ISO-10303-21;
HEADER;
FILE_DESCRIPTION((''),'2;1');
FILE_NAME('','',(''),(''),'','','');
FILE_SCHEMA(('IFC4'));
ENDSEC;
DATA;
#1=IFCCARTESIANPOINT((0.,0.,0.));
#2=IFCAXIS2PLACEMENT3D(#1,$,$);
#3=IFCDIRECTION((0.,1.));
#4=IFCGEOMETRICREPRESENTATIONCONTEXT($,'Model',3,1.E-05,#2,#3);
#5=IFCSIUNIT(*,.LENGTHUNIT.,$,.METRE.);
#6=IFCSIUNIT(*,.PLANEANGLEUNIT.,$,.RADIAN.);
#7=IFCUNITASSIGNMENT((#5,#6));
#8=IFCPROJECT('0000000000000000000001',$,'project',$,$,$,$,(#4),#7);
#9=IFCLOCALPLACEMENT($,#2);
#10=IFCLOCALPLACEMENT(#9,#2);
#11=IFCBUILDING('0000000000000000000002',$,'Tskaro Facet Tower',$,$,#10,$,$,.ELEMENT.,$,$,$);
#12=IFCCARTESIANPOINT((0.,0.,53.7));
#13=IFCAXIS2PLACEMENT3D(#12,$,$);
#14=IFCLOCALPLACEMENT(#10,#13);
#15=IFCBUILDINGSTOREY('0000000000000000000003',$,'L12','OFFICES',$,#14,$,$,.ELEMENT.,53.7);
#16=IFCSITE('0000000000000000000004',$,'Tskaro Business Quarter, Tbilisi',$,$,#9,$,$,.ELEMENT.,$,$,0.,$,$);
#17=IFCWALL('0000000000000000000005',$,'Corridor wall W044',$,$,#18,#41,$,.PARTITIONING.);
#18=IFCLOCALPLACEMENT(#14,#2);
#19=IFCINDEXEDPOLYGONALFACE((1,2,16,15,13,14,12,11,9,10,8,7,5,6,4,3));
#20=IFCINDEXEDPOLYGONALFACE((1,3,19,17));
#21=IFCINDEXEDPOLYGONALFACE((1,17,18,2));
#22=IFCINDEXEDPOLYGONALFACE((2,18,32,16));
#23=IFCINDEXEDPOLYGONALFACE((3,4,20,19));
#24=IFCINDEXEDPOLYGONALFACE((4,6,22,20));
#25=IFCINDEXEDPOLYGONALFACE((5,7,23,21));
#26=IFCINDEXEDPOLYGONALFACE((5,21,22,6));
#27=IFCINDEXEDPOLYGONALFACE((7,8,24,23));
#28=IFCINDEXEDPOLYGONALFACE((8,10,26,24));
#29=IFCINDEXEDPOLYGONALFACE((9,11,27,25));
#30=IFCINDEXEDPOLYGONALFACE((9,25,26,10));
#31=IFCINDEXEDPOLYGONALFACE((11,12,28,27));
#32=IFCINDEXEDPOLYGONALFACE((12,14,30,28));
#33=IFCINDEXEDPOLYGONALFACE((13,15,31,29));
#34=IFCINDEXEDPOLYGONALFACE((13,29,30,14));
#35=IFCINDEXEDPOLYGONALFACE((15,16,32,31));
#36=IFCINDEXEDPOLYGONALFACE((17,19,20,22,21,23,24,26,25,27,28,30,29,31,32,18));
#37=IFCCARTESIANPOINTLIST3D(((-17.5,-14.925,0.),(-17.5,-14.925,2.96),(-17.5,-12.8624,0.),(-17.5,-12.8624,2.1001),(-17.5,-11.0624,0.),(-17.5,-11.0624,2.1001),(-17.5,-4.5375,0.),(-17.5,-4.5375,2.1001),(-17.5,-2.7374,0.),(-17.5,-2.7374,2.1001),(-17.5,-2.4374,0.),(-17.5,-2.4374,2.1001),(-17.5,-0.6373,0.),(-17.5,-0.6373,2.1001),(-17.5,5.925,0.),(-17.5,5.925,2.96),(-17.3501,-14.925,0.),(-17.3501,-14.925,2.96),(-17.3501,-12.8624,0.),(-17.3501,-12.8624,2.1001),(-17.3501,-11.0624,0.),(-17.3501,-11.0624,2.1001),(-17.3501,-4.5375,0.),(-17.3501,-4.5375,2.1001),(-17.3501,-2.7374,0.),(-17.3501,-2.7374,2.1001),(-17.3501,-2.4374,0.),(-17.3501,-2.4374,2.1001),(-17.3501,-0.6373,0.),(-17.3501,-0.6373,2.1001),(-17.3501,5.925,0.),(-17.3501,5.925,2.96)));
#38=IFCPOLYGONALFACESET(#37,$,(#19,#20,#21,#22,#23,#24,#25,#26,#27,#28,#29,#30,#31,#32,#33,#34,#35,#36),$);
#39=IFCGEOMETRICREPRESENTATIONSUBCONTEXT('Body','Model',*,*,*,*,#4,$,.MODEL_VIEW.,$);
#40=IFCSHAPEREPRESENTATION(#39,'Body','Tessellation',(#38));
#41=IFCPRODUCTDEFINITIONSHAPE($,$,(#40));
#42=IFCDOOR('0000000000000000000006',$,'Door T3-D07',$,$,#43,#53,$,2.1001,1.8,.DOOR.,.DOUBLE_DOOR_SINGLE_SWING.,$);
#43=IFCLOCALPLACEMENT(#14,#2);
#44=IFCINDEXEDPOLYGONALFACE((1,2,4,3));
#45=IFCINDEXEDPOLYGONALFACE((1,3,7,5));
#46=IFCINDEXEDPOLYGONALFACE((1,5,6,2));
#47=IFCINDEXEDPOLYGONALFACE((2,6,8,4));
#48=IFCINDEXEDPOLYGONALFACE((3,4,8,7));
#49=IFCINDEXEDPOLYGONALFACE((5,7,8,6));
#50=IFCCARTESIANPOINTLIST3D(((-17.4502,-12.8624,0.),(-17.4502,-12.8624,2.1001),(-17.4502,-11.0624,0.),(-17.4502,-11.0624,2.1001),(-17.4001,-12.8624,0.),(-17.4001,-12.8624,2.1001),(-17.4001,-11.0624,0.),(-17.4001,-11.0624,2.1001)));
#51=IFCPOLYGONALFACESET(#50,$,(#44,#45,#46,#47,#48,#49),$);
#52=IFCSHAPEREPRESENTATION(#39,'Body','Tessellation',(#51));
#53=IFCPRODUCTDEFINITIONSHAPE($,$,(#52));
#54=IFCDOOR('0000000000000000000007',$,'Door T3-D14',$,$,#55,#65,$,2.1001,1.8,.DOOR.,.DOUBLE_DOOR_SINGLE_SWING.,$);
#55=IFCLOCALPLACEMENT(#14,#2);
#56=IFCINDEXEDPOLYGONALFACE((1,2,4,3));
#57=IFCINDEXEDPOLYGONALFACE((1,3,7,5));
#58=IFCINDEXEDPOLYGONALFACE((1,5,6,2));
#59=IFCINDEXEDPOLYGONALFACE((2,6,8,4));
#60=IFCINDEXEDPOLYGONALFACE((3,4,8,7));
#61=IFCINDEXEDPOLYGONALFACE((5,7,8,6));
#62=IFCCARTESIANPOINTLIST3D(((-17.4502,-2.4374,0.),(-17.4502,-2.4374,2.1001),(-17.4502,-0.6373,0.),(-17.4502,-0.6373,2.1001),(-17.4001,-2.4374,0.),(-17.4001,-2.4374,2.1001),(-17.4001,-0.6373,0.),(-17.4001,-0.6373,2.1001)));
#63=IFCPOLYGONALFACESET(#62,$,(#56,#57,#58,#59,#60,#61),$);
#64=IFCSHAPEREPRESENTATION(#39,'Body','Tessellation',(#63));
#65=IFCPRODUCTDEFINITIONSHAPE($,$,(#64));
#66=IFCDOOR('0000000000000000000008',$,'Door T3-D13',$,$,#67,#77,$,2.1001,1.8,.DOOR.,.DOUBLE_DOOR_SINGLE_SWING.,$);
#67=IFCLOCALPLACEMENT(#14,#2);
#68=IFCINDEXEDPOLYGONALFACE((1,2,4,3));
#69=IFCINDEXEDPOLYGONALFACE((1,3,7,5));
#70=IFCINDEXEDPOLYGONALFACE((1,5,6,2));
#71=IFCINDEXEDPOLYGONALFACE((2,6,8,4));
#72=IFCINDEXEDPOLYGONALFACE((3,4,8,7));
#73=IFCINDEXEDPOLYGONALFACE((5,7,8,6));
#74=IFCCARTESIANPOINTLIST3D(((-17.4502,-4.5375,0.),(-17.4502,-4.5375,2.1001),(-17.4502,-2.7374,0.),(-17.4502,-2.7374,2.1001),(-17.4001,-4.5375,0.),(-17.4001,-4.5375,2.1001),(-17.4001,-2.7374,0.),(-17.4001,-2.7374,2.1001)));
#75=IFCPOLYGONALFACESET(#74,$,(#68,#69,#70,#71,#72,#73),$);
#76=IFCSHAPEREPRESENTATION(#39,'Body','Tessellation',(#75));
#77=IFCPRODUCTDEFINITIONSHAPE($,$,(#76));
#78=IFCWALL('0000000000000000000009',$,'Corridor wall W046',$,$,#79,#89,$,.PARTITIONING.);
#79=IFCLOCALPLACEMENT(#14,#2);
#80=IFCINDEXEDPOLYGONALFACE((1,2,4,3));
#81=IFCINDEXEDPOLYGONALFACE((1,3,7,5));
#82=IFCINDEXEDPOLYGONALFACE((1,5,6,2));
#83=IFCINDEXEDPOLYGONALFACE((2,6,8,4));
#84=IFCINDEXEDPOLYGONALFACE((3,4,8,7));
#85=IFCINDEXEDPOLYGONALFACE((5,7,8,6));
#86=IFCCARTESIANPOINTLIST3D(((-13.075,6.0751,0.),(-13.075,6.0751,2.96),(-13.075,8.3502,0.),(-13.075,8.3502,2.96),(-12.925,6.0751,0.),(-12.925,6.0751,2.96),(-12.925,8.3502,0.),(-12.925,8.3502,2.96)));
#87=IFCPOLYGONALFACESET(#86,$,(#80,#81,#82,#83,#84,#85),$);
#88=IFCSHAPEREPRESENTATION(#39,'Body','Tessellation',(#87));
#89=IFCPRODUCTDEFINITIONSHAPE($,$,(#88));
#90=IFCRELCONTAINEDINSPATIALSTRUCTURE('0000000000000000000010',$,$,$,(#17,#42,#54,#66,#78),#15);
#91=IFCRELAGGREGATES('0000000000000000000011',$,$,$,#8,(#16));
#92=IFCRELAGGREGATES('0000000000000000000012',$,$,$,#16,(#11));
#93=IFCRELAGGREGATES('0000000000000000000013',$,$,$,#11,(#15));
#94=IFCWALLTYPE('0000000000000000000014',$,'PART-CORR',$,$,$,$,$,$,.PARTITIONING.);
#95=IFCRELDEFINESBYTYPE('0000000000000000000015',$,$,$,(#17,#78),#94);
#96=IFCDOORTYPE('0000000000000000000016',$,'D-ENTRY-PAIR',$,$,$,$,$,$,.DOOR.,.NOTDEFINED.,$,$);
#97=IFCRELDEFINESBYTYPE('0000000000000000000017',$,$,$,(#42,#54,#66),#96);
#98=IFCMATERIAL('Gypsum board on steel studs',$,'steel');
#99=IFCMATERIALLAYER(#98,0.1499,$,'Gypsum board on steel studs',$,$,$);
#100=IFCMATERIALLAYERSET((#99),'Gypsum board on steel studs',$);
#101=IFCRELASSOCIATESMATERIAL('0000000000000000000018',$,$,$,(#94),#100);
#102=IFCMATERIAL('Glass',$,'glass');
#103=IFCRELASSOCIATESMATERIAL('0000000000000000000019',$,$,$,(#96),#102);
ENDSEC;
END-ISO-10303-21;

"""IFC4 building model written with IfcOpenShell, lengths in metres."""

from ifc_helpers import new_model, si_unit, direction, frame, frame_2d, origin, place, context, subcontext, project, spatial, rectangle, extrude, material, layer, layer_set, type_object, element, fill, save


model = new_model("IFC4")

# Units and contexts
model_context = context("Model", 3, precision=1e-05, world=origin(), true_north=direction((0.0, 1.0)))
body_context = subcontext(model_context, "Body", "Model", "MODEL_VIEW")
ifc_project = project(units=[si_unit("LENGTHUNIT", "METRE"), si_unit("PLANEANGLEUNIT", "RADIAN")], contexts=[model_context])

# Site, building, storey
site_placement = place(None, origin())
site = spatial("IfcSite", under=ifc_project, at=site_placement, Name="Tskaro Business Quarter, Tbilisi", CompositionType="ELEMENT", RefElevation=0.0)
building_placement = place(site_placement, origin())
building = spatial("IfcBuilding", under=site, at=building_placement, Name="Tskaro Facet Tower", CompositionType="ELEMENT")
storey_placement = place(building_placement, frame((0.0, 0.0, 53.7)))
storey = spatial("IfcBuildingStorey", under=building, at=storey_placement, Name="L12", Description="OFFICES", CompositionType="ELEMENT", Elevation=53.7)

# Shared definitions
ifc_material_1 = material(Name="Gypsum board on steel studs", Category="steel")

# Shared definitions
ifc_layer_1 = layer(ifc_material_1, 0.1499, Name="Gypsum board on steel studs")
ifc_layer_set_1 = layer_set([ifc_layer_1], Name="Gypsum board on steel studs")
wall_type_1 = type_object("IfcWallType", Name="PART-CORR", PredefinedType="PARTITIONING", material=ifc_layer_set_1)
ifc_material_2 = material(Name="Glass", Category="glass")
door_type = type_object("IfcDoorType", Name="D-ENTRY-PAIR", OperationType="NOTDEFINED", PredefinedType="DOOR", material=ifc_material_2)

# Wall, openings, doors
wall_1_placement = place(storey_placement, frame((-17.425, 5.925, 0.0), z_axis=(0.0, 0.0, 1.0), x_axis=(0.0, -1.0, 0.0)))
wall_1 = element("IfcWall", 1, at=wall_1_placement, inside=storey, type_object=wall_type_1, Name="Corridor wall W044", PredefinedType="PARTITIONING", context=body_context, shape_type="SweptSolid", body=[
    extrude(rectangle(XDim=20.8501, YDim=0.1499, at=frame_2d((10.425, 0.0))), origin(), (0.0, 0.0, 1.0), 2.96),
])
opening_1_placement = place(wall_1_placement, frame((16.9875, 0.0, 0.0)))
opening_1 = element("IfcOpeningElement", 2, at=opening_1_placement, cuts=wall_1, PredefinedType="OPENING", context=body_context, shape_type="SweptSolid", body=[
    extrude(rectangle(XDim=1.8, YDim=2.1001, at=frame_2d((0.8999, 1.05))), frame((0.0, 0.085, 0.0), z_axis=(0.0, -1.0, 0.0), x_axis=(1.0, 0.0, 0.0)), (0.0, 0.0, 1.0), 0.1699),
])
opening_2_placement = place(wall_1_placement, frame((6.5625, 0.0, 0.0)))
opening_2 = element("IfcOpeningElement", 3, at=opening_2_placement, cuts=wall_1, PredefinedType="OPENING", context=body_context, shape_type="SweptSolid", body=[
    extrude(rectangle(XDim=1.8, YDim=2.1001, at=frame_2d((0.8999, 1.05))), frame((0.0, 0.085, 0.0), z_axis=(0.0, -1.0, 0.0), x_axis=(1.0, 0.0, 0.0)), (0.0, 0.0, 1.0), 0.1699),
])
opening_3_placement = place(wall_1_placement, frame((8.6626, 0.0, 0.0)))
opening_3 = element("IfcOpeningElement", 4, at=opening_3_placement, cuts=wall_1, PredefinedType="OPENING", context=body_context, shape_type="SweptSolid", body=[
    extrude(rectangle(XDim=1.8, YDim=2.1001, at=frame_2d((0.8999, 1.05))), frame((0.0, 0.085, 0.0), z_axis=(0.0, -1.0, 0.0), x_axis=(1.0, 0.0, 0.0)), (0.0, 0.0, 1.0), 0.1699),
])
door_1_placement = place(opening_1_placement, origin())
door_1 = element("IfcDoor", 5, at=door_1_placement, inside=storey, type_object=door_type, Name="Door T3-D07", OperationType="DOUBLE_DOOR_SINGLE_SWING", OverallHeight=2.1001, OverallWidth=1.8, PredefinedType="DOOR", context=body_context, shape_type="SweptSolid", body=[
    extrude(rectangle(XDim=1.8, YDim=2.1001, at=frame_2d((0.8999, 1.05))), frame((0.0, 0.0249, 0.0), z_axis=(0.0, -1.0, 0.0), x_axis=(1.0, 0.0, 0.0)), (0.0, 0.0, 1.0), 0.05),
])
fill(opening_1, door_1)
door_2_placement = place(opening_2_placement, origin())
door_2 = element("IfcDoor", 6, at=door_2_placement, inside=storey, type_object=door_type, Name="Door T3-D14", OperationType="DOUBLE_DOOR_SINGLE_SWING", OverallHeight=2.1001, OverallWidth=1.8, PredefinedType="DOOR", context=body_context, shape_type="SweptSolid", body=[
    extrude(rectangle(XDim=1.8, YDim=2.1001, at=frame_2d((0.8999, 1.05))), frame((0.0, 0.0249, 0.0), z_axis=(0.0, -1.0, 0.0), x_axis=(1.0, 0.0, 0.0)), (0.0, 0.0, 1.0), 0.05),
])
fill(opening_2, door_2)
door_3_placement = place(opening_3_placement, origin())
door_3 = element("IfcDoor", 7, at=door_3_placement, inside=storey, type_object=door_type, Name="Door T3-D13", OperationType="DOUBLE_DOOR_SINGLE_SWING", OverallHeight=2.1001, OverallWidth=1.8, PredefinedType="DOOR", context=body_context, shape_type="SweptSolid", body=[
    extrude(rectangle(XDim=1.8, YDim=2.1001, at=frame_2d((0.8999, 1.05))), frame((0.0, 0.0249, 0.0), z_axis=(0.0, -1.0, 0.0), x_axis=(1.0, 0.0, 0.0)), (0.0, 0.0, 1.0), 0.05),
])
fill(opening_3, door_3)

# Wall
wall_2_placement = place(storey_placement, frame((-13.0, 6.075, 0.0), z_axis=(0.0, 0.0, 1.0), x_axis=(0.0, 1.0, 0.0)))
element("IfcWall", 8, at=wall_2_placement, inside=storey, type_object=wall_type_1, Name="Corridor wall W046", PredefinedType="PARTITIONING", context=body_context, shape_type="SweptSolid", body=[
    extrude(rectangle(XDim=2.2751, YDim=0.1499, at=frame_2d((1.1377, 0.0))), origin(), (0.0, 0.0, 1.0), 2.96),
])

save(model, "model.ifc")
